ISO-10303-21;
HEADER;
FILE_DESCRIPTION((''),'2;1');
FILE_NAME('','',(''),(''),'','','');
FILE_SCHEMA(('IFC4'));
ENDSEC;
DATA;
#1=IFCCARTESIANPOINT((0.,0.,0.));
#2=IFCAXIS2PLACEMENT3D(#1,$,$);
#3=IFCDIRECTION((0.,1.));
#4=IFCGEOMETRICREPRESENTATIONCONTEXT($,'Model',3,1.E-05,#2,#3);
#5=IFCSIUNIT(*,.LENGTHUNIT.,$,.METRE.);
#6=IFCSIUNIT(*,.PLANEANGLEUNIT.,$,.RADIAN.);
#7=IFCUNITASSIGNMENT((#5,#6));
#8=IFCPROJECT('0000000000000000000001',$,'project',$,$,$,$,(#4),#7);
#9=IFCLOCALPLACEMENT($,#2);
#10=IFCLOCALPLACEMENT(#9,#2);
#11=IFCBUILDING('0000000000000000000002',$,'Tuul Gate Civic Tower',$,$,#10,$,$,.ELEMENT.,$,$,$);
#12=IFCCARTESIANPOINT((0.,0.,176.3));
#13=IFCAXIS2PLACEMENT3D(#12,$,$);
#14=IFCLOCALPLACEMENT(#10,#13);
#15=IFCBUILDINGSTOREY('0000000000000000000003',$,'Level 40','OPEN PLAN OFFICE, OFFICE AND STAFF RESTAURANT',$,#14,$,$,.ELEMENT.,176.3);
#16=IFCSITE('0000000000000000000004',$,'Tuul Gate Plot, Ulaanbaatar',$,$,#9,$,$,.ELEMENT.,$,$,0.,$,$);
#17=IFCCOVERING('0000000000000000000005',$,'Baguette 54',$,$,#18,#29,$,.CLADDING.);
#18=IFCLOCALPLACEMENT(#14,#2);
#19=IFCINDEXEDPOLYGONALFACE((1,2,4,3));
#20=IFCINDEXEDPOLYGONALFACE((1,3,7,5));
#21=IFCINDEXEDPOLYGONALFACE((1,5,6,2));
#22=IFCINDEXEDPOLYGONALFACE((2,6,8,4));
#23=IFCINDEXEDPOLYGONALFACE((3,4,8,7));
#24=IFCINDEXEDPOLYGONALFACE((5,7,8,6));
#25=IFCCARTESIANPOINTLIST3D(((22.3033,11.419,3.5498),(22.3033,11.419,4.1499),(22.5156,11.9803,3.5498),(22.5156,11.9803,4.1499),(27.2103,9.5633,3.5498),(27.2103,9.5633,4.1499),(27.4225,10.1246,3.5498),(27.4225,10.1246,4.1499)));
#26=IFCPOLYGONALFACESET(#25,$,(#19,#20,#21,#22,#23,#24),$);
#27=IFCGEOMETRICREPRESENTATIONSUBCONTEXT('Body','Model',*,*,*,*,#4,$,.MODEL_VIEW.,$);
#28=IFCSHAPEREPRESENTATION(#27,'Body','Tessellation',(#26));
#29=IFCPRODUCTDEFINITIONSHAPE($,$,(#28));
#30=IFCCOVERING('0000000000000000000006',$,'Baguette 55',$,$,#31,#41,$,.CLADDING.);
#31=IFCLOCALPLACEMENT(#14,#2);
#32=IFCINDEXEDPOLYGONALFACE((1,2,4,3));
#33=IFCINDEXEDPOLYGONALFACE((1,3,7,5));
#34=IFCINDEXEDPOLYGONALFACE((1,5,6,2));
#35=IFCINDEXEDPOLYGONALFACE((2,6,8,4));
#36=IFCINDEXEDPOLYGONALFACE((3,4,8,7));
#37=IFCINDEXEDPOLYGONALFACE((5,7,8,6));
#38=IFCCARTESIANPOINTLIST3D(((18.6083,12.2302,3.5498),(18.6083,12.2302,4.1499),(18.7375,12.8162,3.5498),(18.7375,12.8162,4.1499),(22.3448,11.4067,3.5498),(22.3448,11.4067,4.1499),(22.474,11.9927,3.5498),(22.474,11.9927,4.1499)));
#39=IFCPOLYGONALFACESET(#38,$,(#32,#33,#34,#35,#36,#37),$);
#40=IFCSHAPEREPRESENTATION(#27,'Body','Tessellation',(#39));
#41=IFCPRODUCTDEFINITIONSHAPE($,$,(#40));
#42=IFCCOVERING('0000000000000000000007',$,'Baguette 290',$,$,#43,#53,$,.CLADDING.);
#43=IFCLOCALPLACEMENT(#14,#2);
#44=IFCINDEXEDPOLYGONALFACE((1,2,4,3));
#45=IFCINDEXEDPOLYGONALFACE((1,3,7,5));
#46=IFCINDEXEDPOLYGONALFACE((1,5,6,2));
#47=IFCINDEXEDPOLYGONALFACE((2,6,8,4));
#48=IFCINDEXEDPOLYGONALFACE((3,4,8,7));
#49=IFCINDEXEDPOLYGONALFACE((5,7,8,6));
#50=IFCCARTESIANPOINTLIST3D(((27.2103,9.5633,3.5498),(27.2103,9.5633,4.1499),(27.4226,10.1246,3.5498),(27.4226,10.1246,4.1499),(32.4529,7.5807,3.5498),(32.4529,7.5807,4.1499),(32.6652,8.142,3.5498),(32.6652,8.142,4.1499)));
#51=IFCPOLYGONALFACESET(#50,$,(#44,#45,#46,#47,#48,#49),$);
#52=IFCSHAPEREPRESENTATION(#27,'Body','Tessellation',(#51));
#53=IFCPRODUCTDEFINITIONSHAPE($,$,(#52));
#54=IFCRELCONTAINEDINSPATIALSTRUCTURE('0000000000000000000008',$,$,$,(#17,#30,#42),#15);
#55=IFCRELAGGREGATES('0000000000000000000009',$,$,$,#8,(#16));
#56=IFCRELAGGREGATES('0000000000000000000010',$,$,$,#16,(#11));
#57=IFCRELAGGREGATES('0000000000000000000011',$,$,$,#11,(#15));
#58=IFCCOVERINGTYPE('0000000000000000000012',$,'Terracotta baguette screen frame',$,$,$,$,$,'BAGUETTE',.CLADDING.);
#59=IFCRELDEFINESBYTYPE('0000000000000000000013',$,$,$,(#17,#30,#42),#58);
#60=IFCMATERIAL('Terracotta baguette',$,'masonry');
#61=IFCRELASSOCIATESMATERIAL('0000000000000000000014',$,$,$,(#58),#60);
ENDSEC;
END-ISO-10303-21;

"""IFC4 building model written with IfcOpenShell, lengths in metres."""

from ifc_helpers import new_model, si_unit, direction, frame, origin, origin_2d, place, context, subcontext, project, spatial, rectangle, extrude, material, material_profile, profile_set, type_object, element, save


model = new_model("IFC4")

# Units and contexts
model_context = context("Model", 3, precision=1e-05, world=origin(), true_north=direction((0.0, 1.0)))
body_context = subcontext(model_context, "Body", "Model", "MODEL_VIEW")
ifc_project = project(units=[si_unit("LENGTHUNIT", "METRE"), si_unit("PLANEANGLEUNIT", "RADIAN")], contexts=[model_context])

# Site, building, storey
site_placement = place(None, origin())
site = spatial("IfcSite", under=ifc_project, at=site_placement, Name="Tuul Gate Plot, Ulaanbaatar", CompositionType="ELEMENT", RefElevation=0.0)
building_placement = place(site_placement, origin())
building = spatial("IfcBuilding", under=site, at=building_placement, Name="Tuul Gate Civic Tower", CompositionType="ELEMENT")
storey_placement = place(building_placement, frame((0.0, 0.0, 176.3)))
storey = spatial("IfcBuildingStorey", under=building, at=storey_placement, Name="Level 40", Description="OPEN PLAN OFFICE, OFFICE AND STAFF RESTAURANT", CompositionType="ELEMENT", Elevation=176.3)

# Coverings
ifc_material_1 = material(Name="Terracotta baguette", Category="masonry")
ifc_material_profile_1 = material_profile(ifc_material_1, rectangle(XDim=0.6001, YDim=0.6001, at=origin_2d()), Name="Terracotta baguette screen frame")
ifc_profile_set_1 = profile_set([ifc_material_profile_1], Name="Terracotta baguette")
covering_type = type_object("IfcCoveringType", Name="Terracotta baguette screen frame", ElementType="BAGUETTE", PredefinedType="CLADDING", material=ifc_profile_set_1)
covering_1_placement = place(storey_placement, frame((27.3164, 9.844, 3.8499), z_axis=(-0.935348, 0.353728, 0.0), x_axis=(-0.353728, -0.935348, 0.0)))
element("IfcCovering", 1, at=covering_1_placement, inside=storey, type_object=covering_type, Name="Baguette 54", PredefinedType="CLADDING", context=body_context, shape_type="SweptSolid", body=[
    extrude(rectangle(XDim=0.6001, YDim=0.6001, at=origin_2d()), origin(), (0.0, 0.0, 1.0), 5.2461),
])
covering_2_placement = place(storey_placement, frame((22.4094, 11.6997, 3.8499), z_axis=(-0.976565, 0.215221, 0.0), x_axis=(-0.215221, -0.976565, 0.0)))
element("IfcCovering", 2, at=covering_2_placement, inside=storey, type_object=covering_type, Name="Baguette 55", PredefinedType="CLADDING", context=body_context, shape_type="SweptSolid", body=[
    extrude(rectangle(XDim=0.6001, YDim=0.6001, at=origin_2d()), origin(), (0.0, 0.0, 1.0), 3.8262),
])
covering_3_placement = place(storey_placement, frame((32.5591, 7.8613, 3.8499), z_axis=(-0.935348, 0.353728, 0.0), x_axis=(-0.353728, -0.935348, 0.0)))
element("IfcCovering", 3, at=covering_3_placement, inside=storey, type_object=covering_type, Name="Baguette 290", PredefinedType="CLADDING", context=body_context, shape_type="SweptSolid", body=[
    extrude(rectangle(XDim=0.6001, YDim=0.6001, at=origin_2d()), origin(), (0.0, 0.0, 1.0), 5.605),
])

save(model, "model.ifc")
